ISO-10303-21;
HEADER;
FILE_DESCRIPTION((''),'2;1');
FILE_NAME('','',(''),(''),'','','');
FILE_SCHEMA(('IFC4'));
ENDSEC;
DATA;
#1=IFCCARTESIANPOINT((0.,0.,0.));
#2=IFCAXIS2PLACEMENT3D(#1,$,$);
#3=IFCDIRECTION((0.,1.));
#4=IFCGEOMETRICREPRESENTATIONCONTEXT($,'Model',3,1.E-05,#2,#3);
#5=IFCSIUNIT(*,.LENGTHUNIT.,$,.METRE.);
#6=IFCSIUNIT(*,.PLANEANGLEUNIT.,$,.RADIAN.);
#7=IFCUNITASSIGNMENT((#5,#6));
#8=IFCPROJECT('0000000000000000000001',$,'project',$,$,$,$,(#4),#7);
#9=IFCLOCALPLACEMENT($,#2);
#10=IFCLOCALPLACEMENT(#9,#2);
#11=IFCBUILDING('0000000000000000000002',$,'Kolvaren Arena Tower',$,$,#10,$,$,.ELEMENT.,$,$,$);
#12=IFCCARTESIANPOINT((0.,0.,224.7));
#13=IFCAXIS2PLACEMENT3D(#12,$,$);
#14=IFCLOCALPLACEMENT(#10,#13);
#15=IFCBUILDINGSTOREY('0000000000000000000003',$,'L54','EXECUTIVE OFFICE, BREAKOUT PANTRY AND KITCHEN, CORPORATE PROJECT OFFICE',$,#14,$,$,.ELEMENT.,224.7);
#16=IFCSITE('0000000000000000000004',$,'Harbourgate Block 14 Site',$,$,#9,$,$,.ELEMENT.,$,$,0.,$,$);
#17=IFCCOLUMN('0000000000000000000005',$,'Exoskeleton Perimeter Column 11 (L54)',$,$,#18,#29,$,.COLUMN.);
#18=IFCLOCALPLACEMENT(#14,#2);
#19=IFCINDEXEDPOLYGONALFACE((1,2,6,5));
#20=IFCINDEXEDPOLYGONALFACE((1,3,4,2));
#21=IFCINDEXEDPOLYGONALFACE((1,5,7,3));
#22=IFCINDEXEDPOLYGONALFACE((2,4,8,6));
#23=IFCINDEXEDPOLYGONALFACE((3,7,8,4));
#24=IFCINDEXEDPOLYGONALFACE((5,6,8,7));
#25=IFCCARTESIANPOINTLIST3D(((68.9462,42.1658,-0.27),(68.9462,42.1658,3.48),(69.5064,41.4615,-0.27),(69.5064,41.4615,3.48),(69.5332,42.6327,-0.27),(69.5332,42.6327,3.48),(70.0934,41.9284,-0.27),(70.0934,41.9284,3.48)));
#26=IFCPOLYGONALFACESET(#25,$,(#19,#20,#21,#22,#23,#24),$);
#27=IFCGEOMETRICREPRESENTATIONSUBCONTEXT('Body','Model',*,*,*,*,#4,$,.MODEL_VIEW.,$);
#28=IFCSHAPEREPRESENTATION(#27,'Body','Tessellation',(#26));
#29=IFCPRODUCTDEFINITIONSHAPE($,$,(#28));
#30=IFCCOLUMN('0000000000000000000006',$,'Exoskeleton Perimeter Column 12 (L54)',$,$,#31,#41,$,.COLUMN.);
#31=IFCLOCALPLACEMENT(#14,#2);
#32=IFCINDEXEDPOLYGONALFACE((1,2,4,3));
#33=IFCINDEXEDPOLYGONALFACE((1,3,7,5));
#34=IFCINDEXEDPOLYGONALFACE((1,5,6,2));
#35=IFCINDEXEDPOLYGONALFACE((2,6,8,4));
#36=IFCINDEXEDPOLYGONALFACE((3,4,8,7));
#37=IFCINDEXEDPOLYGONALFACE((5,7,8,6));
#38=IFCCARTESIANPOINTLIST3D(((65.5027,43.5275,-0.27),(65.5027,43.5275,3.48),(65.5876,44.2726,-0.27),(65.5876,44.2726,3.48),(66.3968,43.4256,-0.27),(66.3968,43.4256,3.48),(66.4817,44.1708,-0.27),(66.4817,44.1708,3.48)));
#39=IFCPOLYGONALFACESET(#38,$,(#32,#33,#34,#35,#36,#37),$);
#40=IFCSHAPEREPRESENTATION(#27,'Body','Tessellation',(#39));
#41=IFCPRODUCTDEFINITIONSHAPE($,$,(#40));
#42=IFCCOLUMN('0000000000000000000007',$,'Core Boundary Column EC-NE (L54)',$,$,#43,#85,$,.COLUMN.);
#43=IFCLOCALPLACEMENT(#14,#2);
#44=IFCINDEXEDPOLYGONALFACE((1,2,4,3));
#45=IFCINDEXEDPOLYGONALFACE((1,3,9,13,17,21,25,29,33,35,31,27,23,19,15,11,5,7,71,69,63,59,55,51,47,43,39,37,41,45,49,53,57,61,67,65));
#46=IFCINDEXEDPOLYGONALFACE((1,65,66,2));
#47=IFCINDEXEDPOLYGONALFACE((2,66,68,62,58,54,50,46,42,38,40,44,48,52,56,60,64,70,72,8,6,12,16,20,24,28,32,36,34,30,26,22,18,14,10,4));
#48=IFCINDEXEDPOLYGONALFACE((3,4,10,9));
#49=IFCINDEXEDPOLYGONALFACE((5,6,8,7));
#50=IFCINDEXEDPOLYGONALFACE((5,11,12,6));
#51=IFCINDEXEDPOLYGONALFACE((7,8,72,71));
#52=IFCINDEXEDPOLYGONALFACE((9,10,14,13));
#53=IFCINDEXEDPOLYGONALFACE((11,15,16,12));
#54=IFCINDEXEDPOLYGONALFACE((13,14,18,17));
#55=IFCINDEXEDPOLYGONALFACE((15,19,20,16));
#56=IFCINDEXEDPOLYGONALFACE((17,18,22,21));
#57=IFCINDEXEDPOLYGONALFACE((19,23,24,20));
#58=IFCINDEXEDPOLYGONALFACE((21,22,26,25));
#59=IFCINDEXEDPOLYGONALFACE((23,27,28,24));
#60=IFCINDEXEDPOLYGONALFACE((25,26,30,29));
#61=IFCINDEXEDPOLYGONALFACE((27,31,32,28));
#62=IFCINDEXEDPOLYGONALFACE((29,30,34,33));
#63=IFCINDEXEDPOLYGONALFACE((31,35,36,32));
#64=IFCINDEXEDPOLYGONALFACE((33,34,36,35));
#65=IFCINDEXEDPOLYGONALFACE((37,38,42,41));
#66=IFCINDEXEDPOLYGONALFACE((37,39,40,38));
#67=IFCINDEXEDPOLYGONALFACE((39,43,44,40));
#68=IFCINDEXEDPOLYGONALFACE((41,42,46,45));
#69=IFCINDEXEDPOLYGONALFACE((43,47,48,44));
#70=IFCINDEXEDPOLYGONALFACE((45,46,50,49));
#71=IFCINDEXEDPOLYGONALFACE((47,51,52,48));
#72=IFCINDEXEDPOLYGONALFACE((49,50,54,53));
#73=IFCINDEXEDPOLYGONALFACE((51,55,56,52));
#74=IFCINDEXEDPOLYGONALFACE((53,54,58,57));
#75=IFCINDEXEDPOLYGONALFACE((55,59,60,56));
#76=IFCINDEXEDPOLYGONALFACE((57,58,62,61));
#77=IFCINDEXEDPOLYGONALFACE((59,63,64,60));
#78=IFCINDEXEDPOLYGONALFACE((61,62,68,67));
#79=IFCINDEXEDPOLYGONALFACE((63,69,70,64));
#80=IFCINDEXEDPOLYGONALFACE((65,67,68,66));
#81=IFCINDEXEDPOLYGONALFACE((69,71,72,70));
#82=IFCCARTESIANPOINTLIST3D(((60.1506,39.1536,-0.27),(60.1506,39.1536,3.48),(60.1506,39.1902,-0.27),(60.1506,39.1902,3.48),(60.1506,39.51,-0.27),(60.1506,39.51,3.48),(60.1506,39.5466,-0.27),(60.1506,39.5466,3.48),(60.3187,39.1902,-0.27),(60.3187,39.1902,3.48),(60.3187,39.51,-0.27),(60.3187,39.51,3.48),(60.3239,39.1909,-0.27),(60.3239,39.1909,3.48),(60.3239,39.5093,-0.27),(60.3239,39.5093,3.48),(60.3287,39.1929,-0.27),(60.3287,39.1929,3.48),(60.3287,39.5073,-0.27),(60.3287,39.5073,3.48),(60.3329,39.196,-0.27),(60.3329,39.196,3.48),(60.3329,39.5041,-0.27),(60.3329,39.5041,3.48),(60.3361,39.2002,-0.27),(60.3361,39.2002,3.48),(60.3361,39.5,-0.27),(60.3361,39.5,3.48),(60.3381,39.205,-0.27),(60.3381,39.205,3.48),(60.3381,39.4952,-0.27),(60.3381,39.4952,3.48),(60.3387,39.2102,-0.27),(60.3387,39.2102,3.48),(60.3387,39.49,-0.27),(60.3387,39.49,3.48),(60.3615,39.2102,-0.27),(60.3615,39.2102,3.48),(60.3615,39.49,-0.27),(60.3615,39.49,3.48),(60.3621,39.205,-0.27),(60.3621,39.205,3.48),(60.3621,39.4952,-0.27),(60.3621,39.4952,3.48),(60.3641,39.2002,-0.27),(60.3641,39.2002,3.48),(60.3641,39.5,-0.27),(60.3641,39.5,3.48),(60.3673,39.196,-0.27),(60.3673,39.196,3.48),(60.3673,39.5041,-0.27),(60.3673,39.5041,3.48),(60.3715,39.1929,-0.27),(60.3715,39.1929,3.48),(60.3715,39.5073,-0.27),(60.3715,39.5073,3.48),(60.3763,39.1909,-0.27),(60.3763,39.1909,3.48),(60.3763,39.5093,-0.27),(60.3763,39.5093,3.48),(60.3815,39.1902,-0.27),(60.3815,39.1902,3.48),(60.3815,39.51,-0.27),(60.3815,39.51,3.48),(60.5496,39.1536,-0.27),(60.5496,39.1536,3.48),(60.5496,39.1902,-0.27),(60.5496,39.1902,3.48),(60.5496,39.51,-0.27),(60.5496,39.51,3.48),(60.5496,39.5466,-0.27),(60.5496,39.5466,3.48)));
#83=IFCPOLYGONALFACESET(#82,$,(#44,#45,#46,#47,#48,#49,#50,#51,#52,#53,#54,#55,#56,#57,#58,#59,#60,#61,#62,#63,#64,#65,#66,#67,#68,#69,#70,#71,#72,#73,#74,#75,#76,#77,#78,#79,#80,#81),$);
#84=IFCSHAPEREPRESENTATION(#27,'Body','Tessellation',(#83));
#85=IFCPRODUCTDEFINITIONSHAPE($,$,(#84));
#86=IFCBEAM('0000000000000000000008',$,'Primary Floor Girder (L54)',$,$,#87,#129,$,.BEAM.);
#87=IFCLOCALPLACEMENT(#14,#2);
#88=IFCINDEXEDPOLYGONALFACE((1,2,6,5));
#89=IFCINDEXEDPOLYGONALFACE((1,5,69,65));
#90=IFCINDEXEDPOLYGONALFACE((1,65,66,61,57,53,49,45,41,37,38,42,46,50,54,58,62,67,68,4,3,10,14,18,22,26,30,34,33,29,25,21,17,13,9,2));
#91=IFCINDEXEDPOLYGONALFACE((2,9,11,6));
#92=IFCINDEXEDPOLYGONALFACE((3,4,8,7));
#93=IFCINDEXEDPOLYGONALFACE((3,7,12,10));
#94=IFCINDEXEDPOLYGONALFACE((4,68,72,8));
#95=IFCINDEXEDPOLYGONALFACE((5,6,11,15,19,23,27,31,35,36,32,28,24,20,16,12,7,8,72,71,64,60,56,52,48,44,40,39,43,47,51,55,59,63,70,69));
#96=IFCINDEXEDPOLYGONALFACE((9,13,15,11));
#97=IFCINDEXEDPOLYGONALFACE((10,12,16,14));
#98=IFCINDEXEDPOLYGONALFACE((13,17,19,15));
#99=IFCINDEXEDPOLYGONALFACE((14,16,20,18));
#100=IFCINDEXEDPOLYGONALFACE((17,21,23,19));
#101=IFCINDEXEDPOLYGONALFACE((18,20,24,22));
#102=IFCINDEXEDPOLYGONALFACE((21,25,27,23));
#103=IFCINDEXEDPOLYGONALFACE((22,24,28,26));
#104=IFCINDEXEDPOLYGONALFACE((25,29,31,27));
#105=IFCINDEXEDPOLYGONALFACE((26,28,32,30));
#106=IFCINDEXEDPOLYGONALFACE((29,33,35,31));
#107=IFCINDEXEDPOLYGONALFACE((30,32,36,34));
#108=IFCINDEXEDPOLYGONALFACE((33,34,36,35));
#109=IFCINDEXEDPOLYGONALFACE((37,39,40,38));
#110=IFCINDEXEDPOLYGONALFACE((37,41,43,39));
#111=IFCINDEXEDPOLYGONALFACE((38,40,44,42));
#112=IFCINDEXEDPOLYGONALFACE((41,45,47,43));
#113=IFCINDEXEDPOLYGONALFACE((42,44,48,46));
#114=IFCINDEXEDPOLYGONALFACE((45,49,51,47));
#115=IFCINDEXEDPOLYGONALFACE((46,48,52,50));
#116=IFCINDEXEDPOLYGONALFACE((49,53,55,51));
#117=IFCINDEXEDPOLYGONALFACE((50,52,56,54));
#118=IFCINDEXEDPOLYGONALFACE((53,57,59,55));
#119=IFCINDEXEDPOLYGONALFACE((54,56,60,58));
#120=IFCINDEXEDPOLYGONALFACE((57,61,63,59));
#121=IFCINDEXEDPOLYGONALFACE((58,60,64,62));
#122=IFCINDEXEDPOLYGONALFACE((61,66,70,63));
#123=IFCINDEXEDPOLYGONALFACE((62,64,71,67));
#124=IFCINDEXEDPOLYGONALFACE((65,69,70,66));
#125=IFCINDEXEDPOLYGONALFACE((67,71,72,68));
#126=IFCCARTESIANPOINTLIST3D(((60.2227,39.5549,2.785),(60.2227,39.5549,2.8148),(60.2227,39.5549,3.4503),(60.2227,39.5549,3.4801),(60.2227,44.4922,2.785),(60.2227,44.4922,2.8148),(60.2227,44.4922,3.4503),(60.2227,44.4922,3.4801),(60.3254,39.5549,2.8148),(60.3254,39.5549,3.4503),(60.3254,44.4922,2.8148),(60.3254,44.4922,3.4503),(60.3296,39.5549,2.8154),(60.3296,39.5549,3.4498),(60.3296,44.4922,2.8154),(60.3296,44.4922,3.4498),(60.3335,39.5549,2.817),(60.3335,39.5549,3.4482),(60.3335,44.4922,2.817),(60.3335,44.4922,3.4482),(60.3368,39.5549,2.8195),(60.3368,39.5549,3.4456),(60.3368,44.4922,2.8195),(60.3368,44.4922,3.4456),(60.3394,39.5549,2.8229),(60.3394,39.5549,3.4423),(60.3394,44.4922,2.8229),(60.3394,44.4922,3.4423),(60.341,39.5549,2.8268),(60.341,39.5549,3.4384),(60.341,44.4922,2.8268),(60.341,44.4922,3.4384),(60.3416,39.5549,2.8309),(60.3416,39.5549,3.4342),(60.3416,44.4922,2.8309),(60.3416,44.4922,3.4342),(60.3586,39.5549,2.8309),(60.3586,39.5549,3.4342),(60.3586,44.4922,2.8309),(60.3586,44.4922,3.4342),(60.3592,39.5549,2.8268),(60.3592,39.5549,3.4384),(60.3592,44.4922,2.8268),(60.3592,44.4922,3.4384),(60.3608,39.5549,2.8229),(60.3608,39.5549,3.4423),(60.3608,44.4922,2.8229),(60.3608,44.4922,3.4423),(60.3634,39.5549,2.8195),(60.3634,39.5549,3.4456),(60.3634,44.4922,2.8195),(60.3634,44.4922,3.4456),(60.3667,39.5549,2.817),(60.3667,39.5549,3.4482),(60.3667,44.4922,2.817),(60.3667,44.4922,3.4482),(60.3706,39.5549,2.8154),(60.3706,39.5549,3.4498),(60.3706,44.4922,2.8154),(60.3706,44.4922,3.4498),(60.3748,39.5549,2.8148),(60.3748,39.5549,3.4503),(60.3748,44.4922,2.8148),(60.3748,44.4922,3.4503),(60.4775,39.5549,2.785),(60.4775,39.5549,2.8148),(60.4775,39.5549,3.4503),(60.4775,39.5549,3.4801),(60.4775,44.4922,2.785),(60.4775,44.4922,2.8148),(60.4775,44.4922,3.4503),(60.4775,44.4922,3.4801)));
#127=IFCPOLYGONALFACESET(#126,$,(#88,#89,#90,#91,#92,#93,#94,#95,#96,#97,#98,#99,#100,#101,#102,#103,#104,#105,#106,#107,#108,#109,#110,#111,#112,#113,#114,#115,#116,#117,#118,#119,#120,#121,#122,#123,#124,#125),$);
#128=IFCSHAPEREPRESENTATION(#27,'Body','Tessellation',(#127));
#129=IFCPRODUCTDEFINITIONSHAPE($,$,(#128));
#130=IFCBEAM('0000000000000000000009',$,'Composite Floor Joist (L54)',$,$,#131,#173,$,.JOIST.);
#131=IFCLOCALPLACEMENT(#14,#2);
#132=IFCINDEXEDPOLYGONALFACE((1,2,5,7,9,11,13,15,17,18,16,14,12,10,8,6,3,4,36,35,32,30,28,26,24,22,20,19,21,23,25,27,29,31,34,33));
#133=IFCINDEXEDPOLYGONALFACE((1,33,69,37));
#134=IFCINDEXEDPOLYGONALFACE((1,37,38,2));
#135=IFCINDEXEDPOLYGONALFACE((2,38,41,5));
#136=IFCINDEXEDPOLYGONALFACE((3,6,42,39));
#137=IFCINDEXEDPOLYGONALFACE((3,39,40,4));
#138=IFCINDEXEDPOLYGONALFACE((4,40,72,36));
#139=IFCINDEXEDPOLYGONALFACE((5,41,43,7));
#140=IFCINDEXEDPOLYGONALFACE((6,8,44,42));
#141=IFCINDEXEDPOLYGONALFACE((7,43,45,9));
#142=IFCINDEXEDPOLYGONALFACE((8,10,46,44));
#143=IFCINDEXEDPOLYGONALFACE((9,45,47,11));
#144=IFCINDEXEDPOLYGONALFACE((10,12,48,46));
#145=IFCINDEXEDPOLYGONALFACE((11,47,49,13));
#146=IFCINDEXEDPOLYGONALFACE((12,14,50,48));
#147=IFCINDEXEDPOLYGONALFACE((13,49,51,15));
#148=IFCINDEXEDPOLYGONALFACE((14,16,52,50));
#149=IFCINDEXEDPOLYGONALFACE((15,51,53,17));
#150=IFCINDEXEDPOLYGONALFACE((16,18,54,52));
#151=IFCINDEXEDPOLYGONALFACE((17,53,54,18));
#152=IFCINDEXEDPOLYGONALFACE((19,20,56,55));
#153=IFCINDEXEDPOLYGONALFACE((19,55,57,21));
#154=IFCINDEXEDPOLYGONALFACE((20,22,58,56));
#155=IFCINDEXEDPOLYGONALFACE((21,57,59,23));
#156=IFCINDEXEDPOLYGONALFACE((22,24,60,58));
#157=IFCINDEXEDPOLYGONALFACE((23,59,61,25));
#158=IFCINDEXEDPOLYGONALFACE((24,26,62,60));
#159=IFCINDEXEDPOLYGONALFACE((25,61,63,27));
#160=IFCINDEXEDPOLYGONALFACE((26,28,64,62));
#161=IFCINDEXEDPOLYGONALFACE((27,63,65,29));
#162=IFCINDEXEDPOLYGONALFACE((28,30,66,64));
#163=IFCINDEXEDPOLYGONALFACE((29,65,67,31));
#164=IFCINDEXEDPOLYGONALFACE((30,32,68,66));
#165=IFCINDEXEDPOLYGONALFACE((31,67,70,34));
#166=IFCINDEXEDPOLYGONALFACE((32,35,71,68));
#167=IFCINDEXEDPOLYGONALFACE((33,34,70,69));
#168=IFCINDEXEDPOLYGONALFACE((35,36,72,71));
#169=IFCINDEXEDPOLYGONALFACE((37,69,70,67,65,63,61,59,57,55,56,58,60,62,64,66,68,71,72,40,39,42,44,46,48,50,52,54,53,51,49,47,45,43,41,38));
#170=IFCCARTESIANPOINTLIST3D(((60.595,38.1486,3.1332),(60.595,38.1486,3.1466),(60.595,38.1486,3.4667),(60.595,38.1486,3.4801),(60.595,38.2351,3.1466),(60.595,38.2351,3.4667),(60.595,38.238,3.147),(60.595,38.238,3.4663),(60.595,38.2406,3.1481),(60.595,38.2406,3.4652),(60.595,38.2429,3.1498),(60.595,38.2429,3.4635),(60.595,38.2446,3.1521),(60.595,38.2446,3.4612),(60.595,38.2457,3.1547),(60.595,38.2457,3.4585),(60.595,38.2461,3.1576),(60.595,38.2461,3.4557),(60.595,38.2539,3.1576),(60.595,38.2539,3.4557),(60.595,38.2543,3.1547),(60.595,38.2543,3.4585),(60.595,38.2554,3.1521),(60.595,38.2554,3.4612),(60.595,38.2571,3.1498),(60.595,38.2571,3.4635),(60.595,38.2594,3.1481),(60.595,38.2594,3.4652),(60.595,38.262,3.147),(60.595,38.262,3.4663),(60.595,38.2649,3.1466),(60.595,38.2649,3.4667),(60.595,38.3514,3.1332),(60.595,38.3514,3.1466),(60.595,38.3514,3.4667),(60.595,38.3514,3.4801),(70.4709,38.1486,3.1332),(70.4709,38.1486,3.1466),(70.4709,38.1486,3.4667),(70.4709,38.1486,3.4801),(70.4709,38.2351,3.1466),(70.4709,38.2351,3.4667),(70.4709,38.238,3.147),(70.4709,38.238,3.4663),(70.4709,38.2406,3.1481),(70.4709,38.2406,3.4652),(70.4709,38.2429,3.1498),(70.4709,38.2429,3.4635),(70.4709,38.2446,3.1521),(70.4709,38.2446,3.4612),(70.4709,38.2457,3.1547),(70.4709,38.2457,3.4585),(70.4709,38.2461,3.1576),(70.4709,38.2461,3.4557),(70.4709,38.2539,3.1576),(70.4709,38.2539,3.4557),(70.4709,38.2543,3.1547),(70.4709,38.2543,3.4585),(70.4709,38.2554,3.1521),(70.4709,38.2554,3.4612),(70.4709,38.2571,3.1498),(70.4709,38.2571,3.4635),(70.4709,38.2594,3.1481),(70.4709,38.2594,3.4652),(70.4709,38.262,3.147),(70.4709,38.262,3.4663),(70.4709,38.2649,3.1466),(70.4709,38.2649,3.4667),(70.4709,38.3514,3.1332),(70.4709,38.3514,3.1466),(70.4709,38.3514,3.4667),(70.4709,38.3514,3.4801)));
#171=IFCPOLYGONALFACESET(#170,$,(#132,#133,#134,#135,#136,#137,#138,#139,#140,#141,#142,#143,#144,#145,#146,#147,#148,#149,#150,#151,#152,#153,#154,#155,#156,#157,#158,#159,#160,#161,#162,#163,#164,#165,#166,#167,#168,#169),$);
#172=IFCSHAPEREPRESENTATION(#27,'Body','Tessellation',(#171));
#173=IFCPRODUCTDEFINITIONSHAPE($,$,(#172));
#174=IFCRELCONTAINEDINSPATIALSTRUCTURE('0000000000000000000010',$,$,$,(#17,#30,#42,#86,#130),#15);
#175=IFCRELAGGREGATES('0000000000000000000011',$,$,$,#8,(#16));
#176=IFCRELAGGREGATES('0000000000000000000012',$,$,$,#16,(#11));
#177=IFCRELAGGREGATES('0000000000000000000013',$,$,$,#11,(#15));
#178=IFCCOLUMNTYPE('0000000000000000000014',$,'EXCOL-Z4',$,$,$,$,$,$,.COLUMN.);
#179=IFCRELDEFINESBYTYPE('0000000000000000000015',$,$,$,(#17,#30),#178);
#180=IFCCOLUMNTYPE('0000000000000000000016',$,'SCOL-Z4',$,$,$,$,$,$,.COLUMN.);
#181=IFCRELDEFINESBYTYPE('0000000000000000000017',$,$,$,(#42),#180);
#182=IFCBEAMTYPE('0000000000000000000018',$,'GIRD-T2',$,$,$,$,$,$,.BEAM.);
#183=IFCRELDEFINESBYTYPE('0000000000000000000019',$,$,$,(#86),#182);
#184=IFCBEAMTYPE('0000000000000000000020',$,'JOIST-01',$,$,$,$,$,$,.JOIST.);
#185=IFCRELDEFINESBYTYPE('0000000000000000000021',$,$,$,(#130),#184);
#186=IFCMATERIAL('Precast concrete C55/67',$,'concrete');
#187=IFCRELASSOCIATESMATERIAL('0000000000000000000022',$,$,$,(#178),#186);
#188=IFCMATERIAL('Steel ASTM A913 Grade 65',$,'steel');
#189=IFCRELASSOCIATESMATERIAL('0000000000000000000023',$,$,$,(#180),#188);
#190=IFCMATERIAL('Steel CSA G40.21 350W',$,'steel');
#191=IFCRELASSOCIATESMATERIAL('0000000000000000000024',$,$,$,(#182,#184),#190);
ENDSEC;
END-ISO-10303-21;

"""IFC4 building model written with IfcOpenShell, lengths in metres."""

from ifc_helpers import new_model, si_unit, direction, frame, origin, origin_2d, place, context, subcontext, project, spatial, rectangle, i_section, extrude, material, material_profile, profile_set, type_object, element, save


model = new_model("IFC4")

# Units and contexts
model_context = context("Model", 3, precision=1e-05, world=origin(), true_north=direction((0.0, 1.0)))
body_context = subcontext(model_context, "Body", "Model", "MODEL_VIEW")
ifc_project = project(units=[si_unit("LENGTHUNIT", "METRE"), si_unit("PLANEANGLEUNIT", "RADIAN")], contexts=[model_context])

# Site, building, storey
site_placement = place(None, origin())
site = spatial("IfcSite", under=ifc_project, at=site_placement, Name="Harbourgate Block 14 Site", CompositionType="ELEMENT", RefElevation=0.0)
building_placement = place(site_placement, origin())
building = spatial("IfcBuilding", under=site, at=building_placement, Name="Kolvaren Arena Tower", CompositionType="ELEMENT")
storey_placement = place(building_placement, frame((0.0, 0.0, 224.7)))
storey = spatial("IfcBuildingStorey", under=building, at=storey_placement, Name="L54", Description="EXECUTIVE OFFICE, BREAKOUT PANTRY AND KITCHEN, CORPORATE PROJECT OFFICE", CompositionType="ELEMENT", Elevation=224.7)

# Columns
ifc_material_1 = material(Name="Precast concrete C55/67", Category="concrete")
ifc_material_profile_1 = material_profile(ifc_material_1, rectangle(XDim=0.8999, YDim=0.75, at=origin_2d()), Name="RC-900x750")
ifc_profile_set_1 = profile_set([ifc_material_profile_1], Name="Precast concrete C55/67")
column_type_1 = type_object("IfcColumnType", Name="EXCOL-Z4", PredefinedType="COLUMN", material=ifc_profile_set_1)
for number, where, z_axis, x_axis, name in (
    (1, (69.5198, 42.0471, -0.27), (0.0, 0.0, 1.0), (-0.622515, 0.782608, 0.0), "Exoskeleton Perimeter Column 11 (L54)"),
    (2, (65.9922, 43.8491, -0.27), (0.0, 0.0, 1.0), (0.993572, -0.113203, 0.0), "Exoskeleton Perimeter Column 12 (L54)"),
):
    element("IfcColumn", number, at=place(storey_placement, frame(where, z_axis=z_axis, x_axis=x_axis)), inside=storey, type_object=column_type_1, Name=name, PredefinedType="COLUMN", context=body_context, shape_type="SweptSolid", body=[
        extrude(rectangle(XDim=0.8999, YDim=0.75, at=origin_2d()), origin(), (0.0, 0.0, 1.0), 3.75),
    ])
ifc_material_2 = material(Name="Steel ASTM A913 Grade 65", Category="steel")
ifc_material_profile_2 = material_profile(ifc_material_2, i_section(OverallWidth=0.3989, OverallDepth=0.3931, WebThickness=0.0227, FlangeThickness=0.0366, FilletRadius=0.02, at=origin_2d()), Name="W360x287")
ifc_profile_set_2 = profile_set([ifc_material_profile_2], Name="Steel ASTM A913 Grade 65")
column_type_2 = type_object("IfcColumnType", Name="SCOL-Z4", PredefinedType="COLUMN", material=ifc_profile_set_2)
column_placement = place(storey_placement, frame((60.3501, 39.3501, -0.27), z_axis=(0.0, 0.0, 1.0), x_axis=(1.0, 0.0, 0.0)))
element("IfcColumn", 3, at=column_placement, inside=storey, type_object=column_type_2, Name="Core Boundary Column EC-NE (L54)", PredefinedType="COLUMN", context=body_context, shape_type="SweptSolid", body=[
    extrude(i_section(OverallWidth=0.3989, OverallDepth=0.3931, WebThickness=0.0227, FlangeThickness=0.0366, FilletRadius=0.02, at=origin_2d()), origin(), (0.0, 0.0, 1.0), 3.75),
])

# Beams
ifc_material_3 = material(Name="Steel CSA G40.21 350W", Category="steel")
ifc_material_profile_3 = material_profile(ifc_material_3, i_section(OverallWidth=0.2549, OverallDepth=0.6951, WebThickness=0.0171, FlangeThickness=0.0298, FilletRadius=0.0161, at=origin_2d()), Name="W690x217")
ifc_profile_set_3 = profile_set([ifc_material_profile_3], Name="Steel CSA G40.21 350W")
beam_type_1 = type_object("IfcBeamType", Name="GIRD-T2", PredefinedType="BEAM", material=ifc_profile_set_3)
beam_1_placement = place(storey_placement, frame((60.3501, 39.5549, 3.1326), z_axis=(0.0, 1.0, 0.0), x_axis=(-1.0, 0.0, 0.0)))
element("IfcBeam", 4, at=beam_1_placement, inside=storey, type_object=beam_type_1, Name="Primary Floor Girder (L54)", PredefinedType="BEAM", context=body_context, shape_type="SweptSolid", body=[
    extrude(i_section(OverallWidth=0.2549, OverallDepth=0.6951, WebThickness=0.0171, FlangeThickness=0.0298, FilletRadius=0.0161, at=origin_2d()), origin(), (0.0, 0.0, 1.0), 4.9373),
])
ifc_material_profile_4 = material_profile(ifc_material_3, i_section(OverallWidth=0.2029, OverallDepth=0.3469, WebThickness=0.0078, FlangeThickness=0.0134, FilletRadius=0.011, at=origin_2d()), Name="W360x64")
ifc_profile_set_4 = profile_set([ifc_material_profile_4], Name="Steel CSA G40.21 350W")
beam_type_2 = type_object("IfcBeamType", Name="JOIST-01", PredefinedType="JOIST", material=ifc_profile_set_4)
beam_2_placement = place(storey_placement, frame((60.595, 38.25, 3.3066), z_axis=(1.0, 0.0, 0.0), x_axis=(0.0, 1.0, 0.0)))
element("IfcBeam", 5, at=beam_2_placement, inside=storey, type_object=beam_type_2, Name="Composite Floor Joist (L54)", PredefinedType="JOIST", context=body_context, shape_type="SweptSolid", body=[
    extrude(i_section(OverallWidth=0.2029, OverallDepth=0.3469, WebThickness=0.0078, FlangeThickness=0.0134, FilletRadius=0.011, at=origin_2d()), origin(), (0.0, 0.0, 1.0), 9.876),
])

save(model, "model.ifc")
